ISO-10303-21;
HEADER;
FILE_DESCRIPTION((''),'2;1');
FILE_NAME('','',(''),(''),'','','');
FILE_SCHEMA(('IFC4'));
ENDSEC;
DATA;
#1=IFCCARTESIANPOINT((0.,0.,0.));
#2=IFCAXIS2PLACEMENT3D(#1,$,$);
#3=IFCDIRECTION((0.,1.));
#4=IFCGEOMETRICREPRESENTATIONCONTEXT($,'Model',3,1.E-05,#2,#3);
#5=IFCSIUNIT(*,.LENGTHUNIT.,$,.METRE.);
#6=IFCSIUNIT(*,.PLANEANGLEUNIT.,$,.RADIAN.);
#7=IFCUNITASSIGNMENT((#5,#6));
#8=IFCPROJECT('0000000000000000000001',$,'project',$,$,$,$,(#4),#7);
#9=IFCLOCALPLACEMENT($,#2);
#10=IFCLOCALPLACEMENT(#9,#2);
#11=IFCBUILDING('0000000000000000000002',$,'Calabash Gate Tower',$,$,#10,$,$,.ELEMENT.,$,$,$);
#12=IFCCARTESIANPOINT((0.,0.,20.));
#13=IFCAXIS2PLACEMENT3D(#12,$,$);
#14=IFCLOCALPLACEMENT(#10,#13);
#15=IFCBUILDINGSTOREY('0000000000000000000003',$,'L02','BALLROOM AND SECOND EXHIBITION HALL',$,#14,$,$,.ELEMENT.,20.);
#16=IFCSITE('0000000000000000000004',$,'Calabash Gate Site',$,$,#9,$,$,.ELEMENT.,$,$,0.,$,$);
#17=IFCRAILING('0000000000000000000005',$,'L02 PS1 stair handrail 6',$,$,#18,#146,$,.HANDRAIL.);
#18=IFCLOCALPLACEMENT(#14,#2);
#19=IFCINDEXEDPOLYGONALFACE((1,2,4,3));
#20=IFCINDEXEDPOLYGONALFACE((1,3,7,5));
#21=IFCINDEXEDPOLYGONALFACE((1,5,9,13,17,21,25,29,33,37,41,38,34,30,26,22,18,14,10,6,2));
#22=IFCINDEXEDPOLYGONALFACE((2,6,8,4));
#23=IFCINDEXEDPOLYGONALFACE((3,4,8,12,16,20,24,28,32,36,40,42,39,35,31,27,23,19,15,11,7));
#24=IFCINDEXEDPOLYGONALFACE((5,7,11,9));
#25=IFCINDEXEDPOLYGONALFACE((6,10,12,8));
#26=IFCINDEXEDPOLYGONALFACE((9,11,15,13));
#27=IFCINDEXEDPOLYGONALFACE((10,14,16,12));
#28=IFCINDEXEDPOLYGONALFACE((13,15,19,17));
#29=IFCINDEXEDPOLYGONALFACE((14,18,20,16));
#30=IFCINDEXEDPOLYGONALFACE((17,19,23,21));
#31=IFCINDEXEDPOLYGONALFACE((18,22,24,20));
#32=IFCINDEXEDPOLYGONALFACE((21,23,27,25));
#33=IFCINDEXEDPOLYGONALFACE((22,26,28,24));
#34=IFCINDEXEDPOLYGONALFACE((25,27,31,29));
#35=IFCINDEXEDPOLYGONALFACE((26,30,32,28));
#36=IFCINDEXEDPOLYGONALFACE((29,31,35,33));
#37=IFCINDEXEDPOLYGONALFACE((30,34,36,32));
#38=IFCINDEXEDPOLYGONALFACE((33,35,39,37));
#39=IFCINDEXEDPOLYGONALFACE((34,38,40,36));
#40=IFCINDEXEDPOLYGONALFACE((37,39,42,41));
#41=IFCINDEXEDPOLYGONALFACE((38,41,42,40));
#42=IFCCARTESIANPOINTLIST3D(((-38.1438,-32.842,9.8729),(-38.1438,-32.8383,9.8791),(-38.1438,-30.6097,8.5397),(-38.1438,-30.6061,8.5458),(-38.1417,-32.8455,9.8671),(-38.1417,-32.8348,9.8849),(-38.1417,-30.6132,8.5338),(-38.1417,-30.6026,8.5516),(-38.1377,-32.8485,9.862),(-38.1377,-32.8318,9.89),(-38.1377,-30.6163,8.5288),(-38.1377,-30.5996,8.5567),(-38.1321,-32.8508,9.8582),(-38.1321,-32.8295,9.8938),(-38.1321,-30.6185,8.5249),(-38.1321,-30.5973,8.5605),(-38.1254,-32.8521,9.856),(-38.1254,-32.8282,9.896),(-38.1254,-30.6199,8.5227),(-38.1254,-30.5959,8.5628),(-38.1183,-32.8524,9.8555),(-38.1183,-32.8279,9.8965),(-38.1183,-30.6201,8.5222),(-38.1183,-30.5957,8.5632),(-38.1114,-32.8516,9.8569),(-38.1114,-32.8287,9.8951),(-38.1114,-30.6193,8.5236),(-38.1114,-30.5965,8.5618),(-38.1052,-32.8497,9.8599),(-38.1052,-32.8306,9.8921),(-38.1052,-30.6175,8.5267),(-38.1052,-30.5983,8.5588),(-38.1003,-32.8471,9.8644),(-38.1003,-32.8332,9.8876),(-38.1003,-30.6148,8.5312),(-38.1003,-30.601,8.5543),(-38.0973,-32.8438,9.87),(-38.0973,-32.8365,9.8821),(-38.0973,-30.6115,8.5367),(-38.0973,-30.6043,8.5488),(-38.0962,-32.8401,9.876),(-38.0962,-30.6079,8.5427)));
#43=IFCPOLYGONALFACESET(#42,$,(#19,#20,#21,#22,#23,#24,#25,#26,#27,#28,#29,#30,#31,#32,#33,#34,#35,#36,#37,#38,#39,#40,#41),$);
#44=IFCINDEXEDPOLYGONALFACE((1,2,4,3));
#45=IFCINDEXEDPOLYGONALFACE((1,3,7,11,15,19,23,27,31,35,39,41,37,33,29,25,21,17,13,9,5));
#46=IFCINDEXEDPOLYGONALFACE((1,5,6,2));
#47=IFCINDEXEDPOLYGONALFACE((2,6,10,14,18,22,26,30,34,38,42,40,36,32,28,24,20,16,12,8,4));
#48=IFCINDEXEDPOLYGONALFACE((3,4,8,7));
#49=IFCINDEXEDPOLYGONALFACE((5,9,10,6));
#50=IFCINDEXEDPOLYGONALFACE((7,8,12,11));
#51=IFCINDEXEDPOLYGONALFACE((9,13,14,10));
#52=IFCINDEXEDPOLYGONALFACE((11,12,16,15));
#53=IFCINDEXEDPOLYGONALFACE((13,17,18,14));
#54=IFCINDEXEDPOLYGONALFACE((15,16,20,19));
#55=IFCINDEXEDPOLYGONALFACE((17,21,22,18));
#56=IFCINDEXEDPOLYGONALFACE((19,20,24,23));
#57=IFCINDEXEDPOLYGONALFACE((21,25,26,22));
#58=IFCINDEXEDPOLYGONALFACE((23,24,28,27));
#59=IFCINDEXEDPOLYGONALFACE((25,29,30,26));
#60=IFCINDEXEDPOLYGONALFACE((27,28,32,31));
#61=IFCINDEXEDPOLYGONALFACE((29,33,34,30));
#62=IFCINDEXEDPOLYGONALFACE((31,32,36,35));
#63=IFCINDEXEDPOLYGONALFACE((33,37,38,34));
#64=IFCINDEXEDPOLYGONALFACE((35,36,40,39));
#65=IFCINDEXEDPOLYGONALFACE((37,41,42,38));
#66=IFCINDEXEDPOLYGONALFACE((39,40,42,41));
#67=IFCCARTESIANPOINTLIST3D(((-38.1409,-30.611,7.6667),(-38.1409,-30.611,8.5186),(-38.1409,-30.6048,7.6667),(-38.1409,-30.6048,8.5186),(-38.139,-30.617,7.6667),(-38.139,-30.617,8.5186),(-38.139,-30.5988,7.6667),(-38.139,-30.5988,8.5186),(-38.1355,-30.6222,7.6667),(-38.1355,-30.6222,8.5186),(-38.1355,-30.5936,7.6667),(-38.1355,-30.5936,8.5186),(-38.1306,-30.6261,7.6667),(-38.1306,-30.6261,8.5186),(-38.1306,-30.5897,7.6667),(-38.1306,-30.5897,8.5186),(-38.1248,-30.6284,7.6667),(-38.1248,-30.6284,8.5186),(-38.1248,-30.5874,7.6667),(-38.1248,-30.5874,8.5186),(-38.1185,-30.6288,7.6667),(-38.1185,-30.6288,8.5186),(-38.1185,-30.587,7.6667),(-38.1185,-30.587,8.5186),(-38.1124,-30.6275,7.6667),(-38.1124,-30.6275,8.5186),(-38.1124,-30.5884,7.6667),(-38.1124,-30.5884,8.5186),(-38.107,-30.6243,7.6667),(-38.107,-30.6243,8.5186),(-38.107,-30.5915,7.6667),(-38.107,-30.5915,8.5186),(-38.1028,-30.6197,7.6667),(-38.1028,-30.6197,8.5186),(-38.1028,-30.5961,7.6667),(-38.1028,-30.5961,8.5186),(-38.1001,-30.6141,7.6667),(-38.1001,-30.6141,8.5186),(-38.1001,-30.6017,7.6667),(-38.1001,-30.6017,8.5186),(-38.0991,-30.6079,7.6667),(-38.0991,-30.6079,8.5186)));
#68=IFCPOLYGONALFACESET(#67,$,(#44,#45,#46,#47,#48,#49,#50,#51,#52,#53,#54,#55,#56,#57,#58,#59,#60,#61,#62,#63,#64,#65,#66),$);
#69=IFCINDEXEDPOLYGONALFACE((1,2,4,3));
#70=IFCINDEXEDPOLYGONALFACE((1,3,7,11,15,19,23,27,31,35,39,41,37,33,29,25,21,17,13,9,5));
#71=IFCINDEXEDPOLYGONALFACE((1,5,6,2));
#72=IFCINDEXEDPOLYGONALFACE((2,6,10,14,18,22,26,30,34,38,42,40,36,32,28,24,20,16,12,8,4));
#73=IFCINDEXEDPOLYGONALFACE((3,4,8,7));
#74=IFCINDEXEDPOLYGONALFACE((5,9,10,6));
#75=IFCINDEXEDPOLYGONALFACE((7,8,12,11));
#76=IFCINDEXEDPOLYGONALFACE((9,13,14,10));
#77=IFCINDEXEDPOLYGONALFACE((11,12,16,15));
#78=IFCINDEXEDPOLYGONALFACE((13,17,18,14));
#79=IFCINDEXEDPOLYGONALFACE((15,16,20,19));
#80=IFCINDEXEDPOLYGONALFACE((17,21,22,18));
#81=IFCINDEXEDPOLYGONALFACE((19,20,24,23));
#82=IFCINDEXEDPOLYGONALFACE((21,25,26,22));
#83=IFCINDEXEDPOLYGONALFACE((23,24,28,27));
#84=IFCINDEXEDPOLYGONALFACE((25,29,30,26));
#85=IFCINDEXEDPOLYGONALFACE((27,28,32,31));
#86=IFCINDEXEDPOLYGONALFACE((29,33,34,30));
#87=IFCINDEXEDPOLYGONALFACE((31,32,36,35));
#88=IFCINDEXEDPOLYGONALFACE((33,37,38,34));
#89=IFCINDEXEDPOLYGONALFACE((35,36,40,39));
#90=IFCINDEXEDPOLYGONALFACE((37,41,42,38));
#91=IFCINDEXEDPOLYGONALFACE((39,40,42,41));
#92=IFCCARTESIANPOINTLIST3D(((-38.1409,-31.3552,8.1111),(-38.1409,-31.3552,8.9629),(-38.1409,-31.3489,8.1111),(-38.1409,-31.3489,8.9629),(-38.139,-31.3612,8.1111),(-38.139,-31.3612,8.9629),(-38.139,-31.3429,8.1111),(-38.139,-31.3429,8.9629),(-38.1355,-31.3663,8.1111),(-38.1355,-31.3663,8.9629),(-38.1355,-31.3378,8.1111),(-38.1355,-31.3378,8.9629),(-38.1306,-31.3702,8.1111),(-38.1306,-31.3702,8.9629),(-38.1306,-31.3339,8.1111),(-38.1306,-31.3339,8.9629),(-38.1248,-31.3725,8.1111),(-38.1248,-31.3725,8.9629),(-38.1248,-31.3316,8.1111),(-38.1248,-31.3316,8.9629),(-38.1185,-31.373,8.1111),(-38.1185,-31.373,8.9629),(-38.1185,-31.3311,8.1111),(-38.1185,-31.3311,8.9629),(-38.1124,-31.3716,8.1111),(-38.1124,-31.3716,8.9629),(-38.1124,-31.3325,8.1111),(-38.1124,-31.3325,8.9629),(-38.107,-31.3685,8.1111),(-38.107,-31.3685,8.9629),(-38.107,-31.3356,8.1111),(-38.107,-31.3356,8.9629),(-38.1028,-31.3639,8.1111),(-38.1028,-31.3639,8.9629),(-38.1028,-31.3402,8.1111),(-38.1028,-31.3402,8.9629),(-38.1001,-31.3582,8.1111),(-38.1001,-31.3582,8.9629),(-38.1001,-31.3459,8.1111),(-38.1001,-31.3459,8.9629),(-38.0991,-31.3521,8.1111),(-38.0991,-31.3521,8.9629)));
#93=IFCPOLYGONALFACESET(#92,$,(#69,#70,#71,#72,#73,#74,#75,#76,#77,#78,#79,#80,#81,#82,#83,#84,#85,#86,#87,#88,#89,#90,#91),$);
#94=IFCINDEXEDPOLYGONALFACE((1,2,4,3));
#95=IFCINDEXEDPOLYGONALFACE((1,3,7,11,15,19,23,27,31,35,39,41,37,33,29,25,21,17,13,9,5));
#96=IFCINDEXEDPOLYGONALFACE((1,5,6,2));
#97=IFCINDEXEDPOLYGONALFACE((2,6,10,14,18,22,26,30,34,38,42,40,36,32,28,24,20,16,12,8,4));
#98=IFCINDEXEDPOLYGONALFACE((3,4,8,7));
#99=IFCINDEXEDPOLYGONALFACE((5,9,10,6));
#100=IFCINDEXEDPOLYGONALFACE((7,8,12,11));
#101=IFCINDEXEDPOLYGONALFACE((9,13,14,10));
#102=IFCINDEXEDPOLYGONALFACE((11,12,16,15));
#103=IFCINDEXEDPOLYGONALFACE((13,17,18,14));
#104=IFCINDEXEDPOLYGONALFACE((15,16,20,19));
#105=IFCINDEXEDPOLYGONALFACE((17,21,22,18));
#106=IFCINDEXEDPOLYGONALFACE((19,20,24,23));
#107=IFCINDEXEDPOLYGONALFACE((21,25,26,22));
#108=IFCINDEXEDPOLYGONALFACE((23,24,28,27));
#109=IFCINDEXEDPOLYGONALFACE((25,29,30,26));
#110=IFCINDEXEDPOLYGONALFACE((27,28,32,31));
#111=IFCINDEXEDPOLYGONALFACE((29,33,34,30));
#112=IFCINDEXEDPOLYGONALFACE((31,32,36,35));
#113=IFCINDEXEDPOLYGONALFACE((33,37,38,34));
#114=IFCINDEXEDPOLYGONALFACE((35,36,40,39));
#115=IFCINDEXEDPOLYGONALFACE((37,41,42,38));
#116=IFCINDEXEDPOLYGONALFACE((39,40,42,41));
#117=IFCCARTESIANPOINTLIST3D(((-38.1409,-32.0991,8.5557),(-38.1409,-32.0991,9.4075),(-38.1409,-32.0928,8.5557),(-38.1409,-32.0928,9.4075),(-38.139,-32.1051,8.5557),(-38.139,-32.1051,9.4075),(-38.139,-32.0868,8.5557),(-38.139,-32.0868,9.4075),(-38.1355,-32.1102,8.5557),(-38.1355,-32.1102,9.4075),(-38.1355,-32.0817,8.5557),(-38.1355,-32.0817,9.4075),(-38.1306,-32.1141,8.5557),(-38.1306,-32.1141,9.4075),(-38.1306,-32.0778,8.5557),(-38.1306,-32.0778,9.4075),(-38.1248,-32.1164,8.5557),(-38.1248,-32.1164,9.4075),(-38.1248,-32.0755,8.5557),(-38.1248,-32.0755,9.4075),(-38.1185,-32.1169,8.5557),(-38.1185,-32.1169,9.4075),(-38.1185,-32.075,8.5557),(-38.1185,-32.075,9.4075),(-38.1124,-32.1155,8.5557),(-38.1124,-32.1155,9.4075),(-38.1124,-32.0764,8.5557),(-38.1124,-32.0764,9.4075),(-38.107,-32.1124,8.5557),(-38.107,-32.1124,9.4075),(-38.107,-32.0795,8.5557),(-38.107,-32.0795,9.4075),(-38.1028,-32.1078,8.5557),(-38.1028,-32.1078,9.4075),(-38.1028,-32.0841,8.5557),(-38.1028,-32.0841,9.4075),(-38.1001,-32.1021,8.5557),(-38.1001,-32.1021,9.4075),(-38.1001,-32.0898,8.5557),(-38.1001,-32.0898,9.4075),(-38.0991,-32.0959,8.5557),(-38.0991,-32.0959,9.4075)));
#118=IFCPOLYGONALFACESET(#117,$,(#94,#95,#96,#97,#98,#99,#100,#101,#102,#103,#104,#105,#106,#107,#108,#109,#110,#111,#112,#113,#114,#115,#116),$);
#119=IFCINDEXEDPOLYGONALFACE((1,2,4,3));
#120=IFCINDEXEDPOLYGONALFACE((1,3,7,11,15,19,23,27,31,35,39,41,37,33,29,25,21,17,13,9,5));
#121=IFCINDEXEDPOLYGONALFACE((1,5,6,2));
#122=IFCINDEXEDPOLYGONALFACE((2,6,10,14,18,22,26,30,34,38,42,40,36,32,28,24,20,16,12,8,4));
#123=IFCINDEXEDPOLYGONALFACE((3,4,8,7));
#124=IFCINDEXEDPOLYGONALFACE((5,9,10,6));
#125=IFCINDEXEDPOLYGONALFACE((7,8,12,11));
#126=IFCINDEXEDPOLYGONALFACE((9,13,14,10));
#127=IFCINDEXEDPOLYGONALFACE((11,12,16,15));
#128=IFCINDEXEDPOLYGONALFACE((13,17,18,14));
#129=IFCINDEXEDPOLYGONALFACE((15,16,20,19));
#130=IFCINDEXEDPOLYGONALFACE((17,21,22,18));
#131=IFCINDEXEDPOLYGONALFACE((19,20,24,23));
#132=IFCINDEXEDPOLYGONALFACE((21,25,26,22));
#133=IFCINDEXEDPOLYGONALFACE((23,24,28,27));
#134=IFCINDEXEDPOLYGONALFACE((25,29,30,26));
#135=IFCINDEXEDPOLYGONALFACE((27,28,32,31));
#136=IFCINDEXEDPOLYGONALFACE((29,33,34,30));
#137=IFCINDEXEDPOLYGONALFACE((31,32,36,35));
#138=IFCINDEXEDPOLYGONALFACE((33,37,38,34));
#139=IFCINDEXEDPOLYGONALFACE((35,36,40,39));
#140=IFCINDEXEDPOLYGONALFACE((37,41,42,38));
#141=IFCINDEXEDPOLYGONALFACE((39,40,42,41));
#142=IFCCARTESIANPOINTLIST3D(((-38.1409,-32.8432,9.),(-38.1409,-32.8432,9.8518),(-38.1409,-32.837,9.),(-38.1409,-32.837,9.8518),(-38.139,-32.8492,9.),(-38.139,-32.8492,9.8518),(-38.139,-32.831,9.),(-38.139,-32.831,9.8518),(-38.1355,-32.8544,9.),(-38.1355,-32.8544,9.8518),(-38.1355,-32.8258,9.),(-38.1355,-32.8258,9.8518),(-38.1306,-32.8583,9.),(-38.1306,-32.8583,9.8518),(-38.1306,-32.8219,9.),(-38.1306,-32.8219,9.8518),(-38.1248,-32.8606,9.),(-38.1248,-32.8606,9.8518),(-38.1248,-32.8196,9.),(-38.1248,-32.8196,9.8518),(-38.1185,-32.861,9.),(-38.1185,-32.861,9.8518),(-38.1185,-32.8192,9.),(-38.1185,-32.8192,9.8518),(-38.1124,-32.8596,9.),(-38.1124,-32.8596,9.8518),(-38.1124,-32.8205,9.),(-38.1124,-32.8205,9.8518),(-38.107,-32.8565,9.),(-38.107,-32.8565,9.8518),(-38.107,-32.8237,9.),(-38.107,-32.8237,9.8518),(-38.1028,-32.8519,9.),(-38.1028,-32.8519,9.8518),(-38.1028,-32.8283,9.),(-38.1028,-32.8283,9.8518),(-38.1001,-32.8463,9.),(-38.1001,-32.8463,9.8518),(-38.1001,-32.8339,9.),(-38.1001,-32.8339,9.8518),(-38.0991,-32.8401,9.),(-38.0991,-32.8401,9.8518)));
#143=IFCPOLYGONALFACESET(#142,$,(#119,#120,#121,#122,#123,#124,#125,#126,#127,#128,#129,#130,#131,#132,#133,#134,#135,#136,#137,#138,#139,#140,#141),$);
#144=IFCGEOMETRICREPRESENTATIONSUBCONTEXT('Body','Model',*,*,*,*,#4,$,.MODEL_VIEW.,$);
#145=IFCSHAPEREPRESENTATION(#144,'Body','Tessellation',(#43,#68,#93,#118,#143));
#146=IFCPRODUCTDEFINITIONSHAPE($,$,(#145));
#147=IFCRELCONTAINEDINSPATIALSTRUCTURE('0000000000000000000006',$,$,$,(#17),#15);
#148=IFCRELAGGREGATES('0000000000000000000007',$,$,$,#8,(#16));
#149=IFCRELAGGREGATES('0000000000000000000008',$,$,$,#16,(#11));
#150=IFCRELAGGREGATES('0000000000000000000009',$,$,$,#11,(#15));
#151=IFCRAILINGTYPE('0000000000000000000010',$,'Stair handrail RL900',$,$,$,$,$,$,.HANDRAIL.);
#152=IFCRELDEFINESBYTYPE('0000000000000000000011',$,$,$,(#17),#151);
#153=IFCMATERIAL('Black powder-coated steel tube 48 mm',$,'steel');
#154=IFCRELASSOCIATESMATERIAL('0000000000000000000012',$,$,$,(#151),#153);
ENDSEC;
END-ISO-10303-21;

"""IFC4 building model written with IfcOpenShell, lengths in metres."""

from ifc_helpers import new_model, si_unit, direction, frame, origin, origin_2d, place, context, subcontext, project, spatial, circle, extrude, material, type_object, element, save


model = new_model("IFC4")

# Units and contexts
model_context = context("Model", 3, precision=1e-05, world=origin(), true_north=direction((0.0, 1.0)))
body_context = subcontext(model_context, "Body", "Model", "MODEL_VIEW")
ifc_project = project(units=[si_unit("LENGTHUNIT", "METRE"), si_unit("PLANEANGLEUNIT", "RADIAN")], contexts=[model_context])

# Site, building, storey
site_placement = place(None, origin())
site = spatial("IfcSite", under=ifc_project, at=site_placement, Name="Calabash Gate Site", CompositionType="ELEMENT", RefElevation=0.0)
building_placement = place(site_placement, origin())
building = spatial("IfcBuilding", under=site, at=building_placement, Name="Calabash Gate Tower", CompositionType="ELEMENT")
storey_placement = place(building_placement, frame((0.0, 0.0, 20.0)))
storey = spatial("IfcBuildingStorey", under=building, at=storey_placement, Name="L02", Description="BALLROOM AND SECOND EXHIBITION HALL", CompositionType="ELEMENT", Elevation=20.0)

# Railing
ifc_material_1 = material(Name="Black powder-coated steel tube 48 mm", Category="steel")
railing_type_1 = type_object("IfcRailingType", Name="Stair handrail RL900", PredefinedType="HANDRAIL", material=ifc_material_1)
for number, where, name in (
    (1, (-38.1201, -30.6079, 7.6667), "L02 PS1 stair handrail 6"),
):
    element("IfcRailing", number, at=place(storey_placement, frame(where)), inside=storey, type_object=railing_type_1, Name=name, PredefinedType="HANDRAIL", context=body_context, shape_type="SweptSolid", body=[
        extrude(circle(Radius=0.0239, at=origin_2d()), frame((0.0, 0.0, 0.876), z_axis=(0.0, -0.858519, 0.512782), x_axis=(1.0, 0.0, 0.0)), (0.0, 0.0, 1.0), 2.6001),
        extrude(circle(Radius=0.021, at=origin_2d()), origin(), (0.0, 0.0, 1.0), 0.8518),
        extrude(circle(Radius=0.021, at=origin_2d()), frame((0.0, -0.7441, 0.4443)), (0.0, 0.0, 1.0), 0.8518),
        extrude(circle(Radius=0.021, at=origin_2d()), frame((0.0, -1.488, 0.8889)), (0.0, 0.0, 1.0), 0.8518),
        extrude(circle(Radius=0.021, at=origin_2d()), frame((0.0, -2.2322, 1.3333)), (0.0, 0.0, 1.0), 0.8518),
    ])

save(model, "model.ifc")
